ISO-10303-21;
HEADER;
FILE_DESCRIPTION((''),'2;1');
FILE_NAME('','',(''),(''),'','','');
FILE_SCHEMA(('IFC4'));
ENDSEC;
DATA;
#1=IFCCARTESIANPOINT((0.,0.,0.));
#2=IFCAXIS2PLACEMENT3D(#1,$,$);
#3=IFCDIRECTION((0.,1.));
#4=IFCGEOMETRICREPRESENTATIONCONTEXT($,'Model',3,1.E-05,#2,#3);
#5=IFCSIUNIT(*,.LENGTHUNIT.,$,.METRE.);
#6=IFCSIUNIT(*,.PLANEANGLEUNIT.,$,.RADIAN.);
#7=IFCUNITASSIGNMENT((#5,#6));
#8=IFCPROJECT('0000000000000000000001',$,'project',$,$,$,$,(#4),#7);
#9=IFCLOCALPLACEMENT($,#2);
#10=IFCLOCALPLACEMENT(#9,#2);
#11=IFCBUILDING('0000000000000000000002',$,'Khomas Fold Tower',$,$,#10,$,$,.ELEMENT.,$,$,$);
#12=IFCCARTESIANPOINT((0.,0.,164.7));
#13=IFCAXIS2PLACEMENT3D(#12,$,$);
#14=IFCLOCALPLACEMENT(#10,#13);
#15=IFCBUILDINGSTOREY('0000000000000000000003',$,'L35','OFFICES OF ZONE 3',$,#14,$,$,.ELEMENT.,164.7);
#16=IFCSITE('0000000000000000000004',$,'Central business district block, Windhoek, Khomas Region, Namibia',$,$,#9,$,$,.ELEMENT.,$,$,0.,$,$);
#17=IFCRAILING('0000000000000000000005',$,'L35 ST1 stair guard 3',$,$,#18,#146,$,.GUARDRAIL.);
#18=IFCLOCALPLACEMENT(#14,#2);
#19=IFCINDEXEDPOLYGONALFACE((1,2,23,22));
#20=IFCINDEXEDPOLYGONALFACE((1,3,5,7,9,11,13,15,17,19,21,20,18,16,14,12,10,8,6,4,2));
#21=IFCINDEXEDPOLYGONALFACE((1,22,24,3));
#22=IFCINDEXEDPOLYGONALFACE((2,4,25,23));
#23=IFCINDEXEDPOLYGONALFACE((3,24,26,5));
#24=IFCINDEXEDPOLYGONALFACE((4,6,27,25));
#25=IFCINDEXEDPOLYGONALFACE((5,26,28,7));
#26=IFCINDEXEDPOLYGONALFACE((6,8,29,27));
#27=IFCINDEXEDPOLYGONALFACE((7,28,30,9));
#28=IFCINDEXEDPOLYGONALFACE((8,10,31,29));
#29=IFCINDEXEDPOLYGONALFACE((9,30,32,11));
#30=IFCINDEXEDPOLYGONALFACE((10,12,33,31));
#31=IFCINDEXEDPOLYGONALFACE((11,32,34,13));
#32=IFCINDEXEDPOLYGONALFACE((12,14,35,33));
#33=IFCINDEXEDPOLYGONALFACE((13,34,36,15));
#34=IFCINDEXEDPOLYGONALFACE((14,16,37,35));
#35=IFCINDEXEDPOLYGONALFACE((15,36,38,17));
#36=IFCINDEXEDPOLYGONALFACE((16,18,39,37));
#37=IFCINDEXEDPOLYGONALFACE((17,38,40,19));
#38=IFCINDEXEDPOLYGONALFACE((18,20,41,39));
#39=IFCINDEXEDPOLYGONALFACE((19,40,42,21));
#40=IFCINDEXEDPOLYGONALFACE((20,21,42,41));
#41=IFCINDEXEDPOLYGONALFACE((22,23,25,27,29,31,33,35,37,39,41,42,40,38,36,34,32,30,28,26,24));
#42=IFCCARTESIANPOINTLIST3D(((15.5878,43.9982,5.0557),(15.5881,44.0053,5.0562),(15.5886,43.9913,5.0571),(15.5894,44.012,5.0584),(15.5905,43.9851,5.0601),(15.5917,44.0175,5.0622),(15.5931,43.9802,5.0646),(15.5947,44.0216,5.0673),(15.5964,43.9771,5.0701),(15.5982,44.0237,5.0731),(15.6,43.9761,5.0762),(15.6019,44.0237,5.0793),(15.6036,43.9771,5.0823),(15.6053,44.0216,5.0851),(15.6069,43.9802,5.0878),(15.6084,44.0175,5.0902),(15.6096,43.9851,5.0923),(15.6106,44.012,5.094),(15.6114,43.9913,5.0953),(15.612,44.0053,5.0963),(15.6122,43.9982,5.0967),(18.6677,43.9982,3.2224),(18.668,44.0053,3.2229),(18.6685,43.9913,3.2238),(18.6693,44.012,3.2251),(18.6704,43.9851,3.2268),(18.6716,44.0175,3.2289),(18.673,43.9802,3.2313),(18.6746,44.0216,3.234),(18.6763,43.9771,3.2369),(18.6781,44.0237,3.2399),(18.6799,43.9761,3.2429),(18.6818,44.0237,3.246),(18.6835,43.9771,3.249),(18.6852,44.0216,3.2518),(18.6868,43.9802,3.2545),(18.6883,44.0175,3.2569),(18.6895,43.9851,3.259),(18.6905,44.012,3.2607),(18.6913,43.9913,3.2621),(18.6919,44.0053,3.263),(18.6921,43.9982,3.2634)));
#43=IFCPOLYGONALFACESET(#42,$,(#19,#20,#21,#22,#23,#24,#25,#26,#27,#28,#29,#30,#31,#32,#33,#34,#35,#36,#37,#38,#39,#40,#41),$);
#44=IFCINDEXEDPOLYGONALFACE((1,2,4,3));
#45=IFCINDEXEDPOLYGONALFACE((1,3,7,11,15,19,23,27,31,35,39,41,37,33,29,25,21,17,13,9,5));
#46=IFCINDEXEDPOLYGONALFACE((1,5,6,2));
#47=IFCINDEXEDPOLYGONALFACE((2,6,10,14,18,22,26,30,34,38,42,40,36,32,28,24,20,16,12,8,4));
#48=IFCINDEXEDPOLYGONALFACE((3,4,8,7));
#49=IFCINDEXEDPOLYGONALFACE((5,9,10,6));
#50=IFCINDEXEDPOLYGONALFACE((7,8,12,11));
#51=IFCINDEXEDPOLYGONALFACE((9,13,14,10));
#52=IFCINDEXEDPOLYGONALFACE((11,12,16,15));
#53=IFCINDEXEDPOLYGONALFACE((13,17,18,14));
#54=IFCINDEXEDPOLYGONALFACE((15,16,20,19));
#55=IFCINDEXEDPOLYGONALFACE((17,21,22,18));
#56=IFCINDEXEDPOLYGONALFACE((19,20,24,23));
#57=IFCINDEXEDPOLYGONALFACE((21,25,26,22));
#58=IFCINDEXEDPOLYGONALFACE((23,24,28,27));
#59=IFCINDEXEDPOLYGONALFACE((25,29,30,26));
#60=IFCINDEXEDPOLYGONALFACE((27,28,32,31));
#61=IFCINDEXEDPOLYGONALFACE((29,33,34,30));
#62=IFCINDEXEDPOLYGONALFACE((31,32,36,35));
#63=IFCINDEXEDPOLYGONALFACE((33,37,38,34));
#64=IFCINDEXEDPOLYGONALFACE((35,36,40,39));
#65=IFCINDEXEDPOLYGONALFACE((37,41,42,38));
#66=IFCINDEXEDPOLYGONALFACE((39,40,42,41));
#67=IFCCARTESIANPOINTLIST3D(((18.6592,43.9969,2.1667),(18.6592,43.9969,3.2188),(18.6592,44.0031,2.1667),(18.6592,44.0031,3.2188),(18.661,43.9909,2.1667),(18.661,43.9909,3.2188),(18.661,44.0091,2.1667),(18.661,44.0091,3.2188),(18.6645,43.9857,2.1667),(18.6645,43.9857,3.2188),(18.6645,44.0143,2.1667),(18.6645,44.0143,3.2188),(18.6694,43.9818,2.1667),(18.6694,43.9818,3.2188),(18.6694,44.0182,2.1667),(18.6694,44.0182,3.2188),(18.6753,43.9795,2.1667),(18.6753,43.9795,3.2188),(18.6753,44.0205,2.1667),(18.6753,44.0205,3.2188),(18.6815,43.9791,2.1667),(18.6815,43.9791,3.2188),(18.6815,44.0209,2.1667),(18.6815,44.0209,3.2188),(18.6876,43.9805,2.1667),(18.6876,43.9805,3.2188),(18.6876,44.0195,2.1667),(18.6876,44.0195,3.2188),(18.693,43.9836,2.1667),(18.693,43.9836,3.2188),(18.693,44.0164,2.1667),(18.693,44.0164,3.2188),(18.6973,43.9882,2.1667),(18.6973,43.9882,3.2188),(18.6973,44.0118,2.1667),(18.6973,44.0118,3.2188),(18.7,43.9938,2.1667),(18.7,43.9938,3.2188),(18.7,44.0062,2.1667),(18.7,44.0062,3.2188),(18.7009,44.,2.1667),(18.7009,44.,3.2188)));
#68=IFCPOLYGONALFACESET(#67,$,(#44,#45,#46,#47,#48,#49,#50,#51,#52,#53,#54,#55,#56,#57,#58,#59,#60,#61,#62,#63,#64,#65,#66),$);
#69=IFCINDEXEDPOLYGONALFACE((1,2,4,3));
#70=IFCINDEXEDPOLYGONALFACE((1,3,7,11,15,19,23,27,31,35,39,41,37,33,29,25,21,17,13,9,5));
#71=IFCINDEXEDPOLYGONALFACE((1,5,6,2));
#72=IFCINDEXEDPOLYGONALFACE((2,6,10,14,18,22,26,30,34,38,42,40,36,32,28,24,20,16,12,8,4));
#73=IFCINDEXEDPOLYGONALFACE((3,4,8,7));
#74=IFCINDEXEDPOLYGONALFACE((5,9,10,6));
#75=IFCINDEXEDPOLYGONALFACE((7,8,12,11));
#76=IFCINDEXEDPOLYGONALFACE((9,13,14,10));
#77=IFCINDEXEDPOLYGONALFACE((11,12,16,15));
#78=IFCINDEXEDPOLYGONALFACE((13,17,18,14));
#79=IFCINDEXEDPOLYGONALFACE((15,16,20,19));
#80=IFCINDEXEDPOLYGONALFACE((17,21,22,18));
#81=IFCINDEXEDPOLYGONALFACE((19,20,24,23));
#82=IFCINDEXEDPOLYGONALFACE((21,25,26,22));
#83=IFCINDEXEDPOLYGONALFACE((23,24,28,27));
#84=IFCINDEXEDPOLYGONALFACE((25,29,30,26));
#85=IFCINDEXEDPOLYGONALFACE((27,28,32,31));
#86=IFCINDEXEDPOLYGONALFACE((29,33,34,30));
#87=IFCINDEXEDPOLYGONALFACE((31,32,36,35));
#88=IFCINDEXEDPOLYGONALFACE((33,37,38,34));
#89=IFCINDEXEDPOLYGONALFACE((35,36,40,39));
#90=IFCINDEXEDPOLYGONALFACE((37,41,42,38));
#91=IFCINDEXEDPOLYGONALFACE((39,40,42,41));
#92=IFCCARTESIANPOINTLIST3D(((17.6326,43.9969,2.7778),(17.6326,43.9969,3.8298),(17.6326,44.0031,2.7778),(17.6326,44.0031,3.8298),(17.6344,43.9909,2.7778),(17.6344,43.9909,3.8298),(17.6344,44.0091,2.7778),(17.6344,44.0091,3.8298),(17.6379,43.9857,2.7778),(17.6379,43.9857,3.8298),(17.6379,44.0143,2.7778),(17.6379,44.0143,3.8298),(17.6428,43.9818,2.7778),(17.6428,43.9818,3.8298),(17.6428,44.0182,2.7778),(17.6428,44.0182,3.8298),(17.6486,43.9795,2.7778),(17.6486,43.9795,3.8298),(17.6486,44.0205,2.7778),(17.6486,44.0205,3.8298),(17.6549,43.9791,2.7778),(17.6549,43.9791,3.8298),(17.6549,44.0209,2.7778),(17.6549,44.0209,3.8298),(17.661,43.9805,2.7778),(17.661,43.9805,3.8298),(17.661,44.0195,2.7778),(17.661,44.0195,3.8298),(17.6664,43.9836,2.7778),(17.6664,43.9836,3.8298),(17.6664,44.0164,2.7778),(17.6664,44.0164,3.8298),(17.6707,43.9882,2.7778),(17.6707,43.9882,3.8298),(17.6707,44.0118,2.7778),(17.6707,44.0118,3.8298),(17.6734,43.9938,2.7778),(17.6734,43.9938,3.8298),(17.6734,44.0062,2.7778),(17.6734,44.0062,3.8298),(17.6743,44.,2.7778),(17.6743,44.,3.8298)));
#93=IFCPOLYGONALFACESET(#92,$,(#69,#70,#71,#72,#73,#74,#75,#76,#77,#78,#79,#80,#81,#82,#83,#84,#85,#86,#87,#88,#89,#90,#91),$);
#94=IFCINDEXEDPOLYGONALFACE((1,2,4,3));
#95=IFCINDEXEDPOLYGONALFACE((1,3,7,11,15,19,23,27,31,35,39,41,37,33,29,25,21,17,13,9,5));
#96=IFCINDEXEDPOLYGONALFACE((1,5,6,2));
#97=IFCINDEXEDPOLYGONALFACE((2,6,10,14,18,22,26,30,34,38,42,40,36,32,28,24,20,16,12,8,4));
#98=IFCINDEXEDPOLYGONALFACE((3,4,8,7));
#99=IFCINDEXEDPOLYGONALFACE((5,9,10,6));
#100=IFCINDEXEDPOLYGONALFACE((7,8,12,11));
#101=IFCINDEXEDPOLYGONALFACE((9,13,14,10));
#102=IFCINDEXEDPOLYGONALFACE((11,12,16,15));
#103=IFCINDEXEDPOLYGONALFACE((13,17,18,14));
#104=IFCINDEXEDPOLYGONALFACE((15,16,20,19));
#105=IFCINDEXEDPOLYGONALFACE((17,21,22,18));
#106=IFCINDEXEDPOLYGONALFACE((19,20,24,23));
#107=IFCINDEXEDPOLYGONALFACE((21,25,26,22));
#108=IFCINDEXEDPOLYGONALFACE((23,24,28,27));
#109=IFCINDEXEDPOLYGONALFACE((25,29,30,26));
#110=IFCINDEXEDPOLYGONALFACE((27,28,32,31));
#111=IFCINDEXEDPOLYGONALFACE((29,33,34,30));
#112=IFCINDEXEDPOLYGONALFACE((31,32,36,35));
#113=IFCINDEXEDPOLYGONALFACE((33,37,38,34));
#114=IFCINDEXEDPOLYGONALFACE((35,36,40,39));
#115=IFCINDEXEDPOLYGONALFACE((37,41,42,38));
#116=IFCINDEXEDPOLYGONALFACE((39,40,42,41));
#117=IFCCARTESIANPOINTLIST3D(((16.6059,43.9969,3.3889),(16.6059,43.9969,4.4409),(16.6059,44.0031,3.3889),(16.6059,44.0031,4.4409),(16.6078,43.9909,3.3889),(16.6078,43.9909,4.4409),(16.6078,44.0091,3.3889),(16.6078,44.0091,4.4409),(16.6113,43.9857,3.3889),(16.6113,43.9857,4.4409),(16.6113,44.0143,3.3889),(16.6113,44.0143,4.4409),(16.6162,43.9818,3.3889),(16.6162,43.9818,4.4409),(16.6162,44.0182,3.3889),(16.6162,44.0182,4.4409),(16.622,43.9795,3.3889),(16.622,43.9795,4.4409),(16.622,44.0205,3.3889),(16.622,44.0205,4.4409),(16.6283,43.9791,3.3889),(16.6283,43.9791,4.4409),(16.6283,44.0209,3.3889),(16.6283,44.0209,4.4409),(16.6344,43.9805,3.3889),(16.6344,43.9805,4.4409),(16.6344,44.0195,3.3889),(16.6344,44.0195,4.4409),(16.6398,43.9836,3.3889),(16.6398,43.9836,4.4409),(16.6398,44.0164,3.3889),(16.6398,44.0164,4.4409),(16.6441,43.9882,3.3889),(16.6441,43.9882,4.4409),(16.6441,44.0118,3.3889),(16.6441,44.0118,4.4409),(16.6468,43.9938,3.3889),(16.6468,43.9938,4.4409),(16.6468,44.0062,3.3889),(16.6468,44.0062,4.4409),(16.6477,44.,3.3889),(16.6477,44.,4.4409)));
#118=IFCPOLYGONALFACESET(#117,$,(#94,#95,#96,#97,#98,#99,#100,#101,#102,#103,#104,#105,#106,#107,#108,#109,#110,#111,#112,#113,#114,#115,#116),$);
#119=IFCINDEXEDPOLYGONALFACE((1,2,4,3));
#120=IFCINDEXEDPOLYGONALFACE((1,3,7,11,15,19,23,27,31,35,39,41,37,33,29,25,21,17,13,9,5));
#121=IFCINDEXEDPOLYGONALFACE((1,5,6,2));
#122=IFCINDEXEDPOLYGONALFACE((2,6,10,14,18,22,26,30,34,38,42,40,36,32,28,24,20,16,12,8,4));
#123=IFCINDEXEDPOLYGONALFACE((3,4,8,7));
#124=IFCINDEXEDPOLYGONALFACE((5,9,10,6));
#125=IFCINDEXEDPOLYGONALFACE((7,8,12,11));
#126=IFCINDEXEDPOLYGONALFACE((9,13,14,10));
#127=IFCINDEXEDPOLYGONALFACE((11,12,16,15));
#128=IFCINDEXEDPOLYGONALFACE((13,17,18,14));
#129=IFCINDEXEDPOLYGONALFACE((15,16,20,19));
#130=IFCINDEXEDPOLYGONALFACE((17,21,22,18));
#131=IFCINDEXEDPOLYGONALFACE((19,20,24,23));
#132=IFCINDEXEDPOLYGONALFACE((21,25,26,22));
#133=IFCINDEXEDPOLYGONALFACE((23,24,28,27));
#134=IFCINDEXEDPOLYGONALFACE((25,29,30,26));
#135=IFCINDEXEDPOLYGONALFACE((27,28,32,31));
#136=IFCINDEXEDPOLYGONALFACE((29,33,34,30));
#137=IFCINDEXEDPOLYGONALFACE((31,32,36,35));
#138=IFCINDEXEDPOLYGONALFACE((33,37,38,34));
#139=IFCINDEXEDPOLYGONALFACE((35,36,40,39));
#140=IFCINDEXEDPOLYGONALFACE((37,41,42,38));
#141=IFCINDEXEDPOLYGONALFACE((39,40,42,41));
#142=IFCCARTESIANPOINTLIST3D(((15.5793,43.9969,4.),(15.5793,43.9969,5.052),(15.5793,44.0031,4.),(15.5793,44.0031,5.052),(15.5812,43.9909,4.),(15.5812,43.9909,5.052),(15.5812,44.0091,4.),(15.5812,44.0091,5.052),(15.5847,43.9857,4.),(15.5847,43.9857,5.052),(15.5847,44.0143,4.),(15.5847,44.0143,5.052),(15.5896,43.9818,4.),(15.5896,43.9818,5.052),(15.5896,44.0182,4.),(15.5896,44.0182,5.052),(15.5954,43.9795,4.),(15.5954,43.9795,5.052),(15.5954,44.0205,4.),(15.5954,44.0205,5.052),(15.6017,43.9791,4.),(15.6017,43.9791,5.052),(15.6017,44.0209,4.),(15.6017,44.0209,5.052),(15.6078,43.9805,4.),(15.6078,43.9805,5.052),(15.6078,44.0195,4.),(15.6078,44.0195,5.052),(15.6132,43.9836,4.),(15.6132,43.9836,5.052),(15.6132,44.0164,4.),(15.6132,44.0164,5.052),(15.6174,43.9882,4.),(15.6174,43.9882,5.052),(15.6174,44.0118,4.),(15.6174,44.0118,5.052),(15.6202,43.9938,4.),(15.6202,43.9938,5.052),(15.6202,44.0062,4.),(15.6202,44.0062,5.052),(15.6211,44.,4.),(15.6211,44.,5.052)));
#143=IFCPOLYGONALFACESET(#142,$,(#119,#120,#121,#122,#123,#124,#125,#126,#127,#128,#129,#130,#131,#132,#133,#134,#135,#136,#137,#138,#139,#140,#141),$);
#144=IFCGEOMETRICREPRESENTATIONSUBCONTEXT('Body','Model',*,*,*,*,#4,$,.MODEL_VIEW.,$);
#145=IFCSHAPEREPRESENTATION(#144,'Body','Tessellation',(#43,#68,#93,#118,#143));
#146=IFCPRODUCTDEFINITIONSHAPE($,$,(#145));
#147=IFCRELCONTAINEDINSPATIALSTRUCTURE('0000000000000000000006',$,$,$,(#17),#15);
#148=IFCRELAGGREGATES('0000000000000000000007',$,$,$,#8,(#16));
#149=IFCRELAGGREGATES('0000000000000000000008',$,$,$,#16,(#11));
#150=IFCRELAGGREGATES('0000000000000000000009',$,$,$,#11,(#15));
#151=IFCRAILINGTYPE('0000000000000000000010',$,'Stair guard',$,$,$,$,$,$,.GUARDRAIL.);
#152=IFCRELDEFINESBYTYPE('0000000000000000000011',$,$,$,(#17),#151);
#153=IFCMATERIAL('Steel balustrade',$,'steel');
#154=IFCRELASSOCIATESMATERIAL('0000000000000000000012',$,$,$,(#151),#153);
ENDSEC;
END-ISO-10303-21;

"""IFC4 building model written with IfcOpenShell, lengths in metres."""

from ifc_helpers import new_model, si_unit, direction, frame, origin, origin_2d, place, context, subcontext, project, spatial, circle, extrude, source, transform, mapped, material, type_object, element, save


model = new_model("IFC4")

# Units and contexts
model_context = context("Model", 3, precision=1e-05, world=origin(), true_north=direction((0.0, 1.0)))
body_context = subcontext(model_context, "Body", "Model", "MODEL_VIEW")
ifc_project = project(units=[si_unit("LENGTHUNIT", "METRE"), si_unit("PLANEANGLEUNIT", "RADIAN")], contexts=[model_context])

# Site, building, storey
site_placement = place(None, origin())
site = spatial("IfcSite", under=ifc_project, at=site_placement, Name="Central business district block, Windhoek, Khomas Region, Namibia", CompositionType="ELEMENT", RefElevation=0.0)
building_placement = place(site_placement, origin())
building = spatial("IfcBuilding", under=site, at=building_placement, Name="Khomas Fold Tower", CompositionType="ELEMENT")
storey_placement = place(building_placement, frame((0.0, 0.0, 164.7)))
storey = spatial("IfcBuildingStorey", under=building, at=storey_placement, Name="L35", Description="OFFICES OF ZONE 3", CompositionType="ELEMENT", Elevation=164.7)

# Railing
ifc_material_1 = material(Name="Steel balustrade", Category="steel")
railing_type_1 = type_object("IfcRailingType", Name="Stair guard", PredefinedType="GUARDRAIL", material=ifc_material_1)
shared_shape_1 = source(origin(), body_context, "Body", "SweptSolid", [
    extrude(circle(Radius=0.0239, at=origin_2d()), frame((0.0, 0.0, 1.0762), z_axis=(-0.859291, 0.0, 0.511487), x_axis=(0.0, -1.0, 0.0)), (0.0, 0.0, 1.0), 3.5842),
    extrude(circle(Radius=0.021, at=origin_2d()), origin(), (0.0, 0.0, 1.0), 1.052),
    extrude(circle(Radius=0.021, at=origin_2d()), frame((-1.0266, 0.0, 0.6111)), (0.0, 0.0, 1.0), 1.052),
    extrude(circle(Radius=0.021, at=origin_2d()), frame((-2.0532, 0.0, 1.2222)), (0.0, 0.0, 1.0), 1.052),
    extrude(circle(Radius=0.021, at=origin_2d()), frame((-3.0798, 0.0, 1.8333)), (0.0, 0.0, 1.0), 1.052),
])
railing_1_placement = place(storey_placement, frame((18.6799, 44.0, 2.1667)))
element("IfcRailing", 1, at=railing_1_placement, inside=storey, type_object=railing_type_1, Name="L35 ST1 stair guard 3", PredefinedType="GUARDRAIL", context=body_context, shape_type="MappedRepresentation", body=[
    mapped(shared_shape_1, transform((0.0, 0.0, 0.0))),
])

save(model, "model.ifc")
